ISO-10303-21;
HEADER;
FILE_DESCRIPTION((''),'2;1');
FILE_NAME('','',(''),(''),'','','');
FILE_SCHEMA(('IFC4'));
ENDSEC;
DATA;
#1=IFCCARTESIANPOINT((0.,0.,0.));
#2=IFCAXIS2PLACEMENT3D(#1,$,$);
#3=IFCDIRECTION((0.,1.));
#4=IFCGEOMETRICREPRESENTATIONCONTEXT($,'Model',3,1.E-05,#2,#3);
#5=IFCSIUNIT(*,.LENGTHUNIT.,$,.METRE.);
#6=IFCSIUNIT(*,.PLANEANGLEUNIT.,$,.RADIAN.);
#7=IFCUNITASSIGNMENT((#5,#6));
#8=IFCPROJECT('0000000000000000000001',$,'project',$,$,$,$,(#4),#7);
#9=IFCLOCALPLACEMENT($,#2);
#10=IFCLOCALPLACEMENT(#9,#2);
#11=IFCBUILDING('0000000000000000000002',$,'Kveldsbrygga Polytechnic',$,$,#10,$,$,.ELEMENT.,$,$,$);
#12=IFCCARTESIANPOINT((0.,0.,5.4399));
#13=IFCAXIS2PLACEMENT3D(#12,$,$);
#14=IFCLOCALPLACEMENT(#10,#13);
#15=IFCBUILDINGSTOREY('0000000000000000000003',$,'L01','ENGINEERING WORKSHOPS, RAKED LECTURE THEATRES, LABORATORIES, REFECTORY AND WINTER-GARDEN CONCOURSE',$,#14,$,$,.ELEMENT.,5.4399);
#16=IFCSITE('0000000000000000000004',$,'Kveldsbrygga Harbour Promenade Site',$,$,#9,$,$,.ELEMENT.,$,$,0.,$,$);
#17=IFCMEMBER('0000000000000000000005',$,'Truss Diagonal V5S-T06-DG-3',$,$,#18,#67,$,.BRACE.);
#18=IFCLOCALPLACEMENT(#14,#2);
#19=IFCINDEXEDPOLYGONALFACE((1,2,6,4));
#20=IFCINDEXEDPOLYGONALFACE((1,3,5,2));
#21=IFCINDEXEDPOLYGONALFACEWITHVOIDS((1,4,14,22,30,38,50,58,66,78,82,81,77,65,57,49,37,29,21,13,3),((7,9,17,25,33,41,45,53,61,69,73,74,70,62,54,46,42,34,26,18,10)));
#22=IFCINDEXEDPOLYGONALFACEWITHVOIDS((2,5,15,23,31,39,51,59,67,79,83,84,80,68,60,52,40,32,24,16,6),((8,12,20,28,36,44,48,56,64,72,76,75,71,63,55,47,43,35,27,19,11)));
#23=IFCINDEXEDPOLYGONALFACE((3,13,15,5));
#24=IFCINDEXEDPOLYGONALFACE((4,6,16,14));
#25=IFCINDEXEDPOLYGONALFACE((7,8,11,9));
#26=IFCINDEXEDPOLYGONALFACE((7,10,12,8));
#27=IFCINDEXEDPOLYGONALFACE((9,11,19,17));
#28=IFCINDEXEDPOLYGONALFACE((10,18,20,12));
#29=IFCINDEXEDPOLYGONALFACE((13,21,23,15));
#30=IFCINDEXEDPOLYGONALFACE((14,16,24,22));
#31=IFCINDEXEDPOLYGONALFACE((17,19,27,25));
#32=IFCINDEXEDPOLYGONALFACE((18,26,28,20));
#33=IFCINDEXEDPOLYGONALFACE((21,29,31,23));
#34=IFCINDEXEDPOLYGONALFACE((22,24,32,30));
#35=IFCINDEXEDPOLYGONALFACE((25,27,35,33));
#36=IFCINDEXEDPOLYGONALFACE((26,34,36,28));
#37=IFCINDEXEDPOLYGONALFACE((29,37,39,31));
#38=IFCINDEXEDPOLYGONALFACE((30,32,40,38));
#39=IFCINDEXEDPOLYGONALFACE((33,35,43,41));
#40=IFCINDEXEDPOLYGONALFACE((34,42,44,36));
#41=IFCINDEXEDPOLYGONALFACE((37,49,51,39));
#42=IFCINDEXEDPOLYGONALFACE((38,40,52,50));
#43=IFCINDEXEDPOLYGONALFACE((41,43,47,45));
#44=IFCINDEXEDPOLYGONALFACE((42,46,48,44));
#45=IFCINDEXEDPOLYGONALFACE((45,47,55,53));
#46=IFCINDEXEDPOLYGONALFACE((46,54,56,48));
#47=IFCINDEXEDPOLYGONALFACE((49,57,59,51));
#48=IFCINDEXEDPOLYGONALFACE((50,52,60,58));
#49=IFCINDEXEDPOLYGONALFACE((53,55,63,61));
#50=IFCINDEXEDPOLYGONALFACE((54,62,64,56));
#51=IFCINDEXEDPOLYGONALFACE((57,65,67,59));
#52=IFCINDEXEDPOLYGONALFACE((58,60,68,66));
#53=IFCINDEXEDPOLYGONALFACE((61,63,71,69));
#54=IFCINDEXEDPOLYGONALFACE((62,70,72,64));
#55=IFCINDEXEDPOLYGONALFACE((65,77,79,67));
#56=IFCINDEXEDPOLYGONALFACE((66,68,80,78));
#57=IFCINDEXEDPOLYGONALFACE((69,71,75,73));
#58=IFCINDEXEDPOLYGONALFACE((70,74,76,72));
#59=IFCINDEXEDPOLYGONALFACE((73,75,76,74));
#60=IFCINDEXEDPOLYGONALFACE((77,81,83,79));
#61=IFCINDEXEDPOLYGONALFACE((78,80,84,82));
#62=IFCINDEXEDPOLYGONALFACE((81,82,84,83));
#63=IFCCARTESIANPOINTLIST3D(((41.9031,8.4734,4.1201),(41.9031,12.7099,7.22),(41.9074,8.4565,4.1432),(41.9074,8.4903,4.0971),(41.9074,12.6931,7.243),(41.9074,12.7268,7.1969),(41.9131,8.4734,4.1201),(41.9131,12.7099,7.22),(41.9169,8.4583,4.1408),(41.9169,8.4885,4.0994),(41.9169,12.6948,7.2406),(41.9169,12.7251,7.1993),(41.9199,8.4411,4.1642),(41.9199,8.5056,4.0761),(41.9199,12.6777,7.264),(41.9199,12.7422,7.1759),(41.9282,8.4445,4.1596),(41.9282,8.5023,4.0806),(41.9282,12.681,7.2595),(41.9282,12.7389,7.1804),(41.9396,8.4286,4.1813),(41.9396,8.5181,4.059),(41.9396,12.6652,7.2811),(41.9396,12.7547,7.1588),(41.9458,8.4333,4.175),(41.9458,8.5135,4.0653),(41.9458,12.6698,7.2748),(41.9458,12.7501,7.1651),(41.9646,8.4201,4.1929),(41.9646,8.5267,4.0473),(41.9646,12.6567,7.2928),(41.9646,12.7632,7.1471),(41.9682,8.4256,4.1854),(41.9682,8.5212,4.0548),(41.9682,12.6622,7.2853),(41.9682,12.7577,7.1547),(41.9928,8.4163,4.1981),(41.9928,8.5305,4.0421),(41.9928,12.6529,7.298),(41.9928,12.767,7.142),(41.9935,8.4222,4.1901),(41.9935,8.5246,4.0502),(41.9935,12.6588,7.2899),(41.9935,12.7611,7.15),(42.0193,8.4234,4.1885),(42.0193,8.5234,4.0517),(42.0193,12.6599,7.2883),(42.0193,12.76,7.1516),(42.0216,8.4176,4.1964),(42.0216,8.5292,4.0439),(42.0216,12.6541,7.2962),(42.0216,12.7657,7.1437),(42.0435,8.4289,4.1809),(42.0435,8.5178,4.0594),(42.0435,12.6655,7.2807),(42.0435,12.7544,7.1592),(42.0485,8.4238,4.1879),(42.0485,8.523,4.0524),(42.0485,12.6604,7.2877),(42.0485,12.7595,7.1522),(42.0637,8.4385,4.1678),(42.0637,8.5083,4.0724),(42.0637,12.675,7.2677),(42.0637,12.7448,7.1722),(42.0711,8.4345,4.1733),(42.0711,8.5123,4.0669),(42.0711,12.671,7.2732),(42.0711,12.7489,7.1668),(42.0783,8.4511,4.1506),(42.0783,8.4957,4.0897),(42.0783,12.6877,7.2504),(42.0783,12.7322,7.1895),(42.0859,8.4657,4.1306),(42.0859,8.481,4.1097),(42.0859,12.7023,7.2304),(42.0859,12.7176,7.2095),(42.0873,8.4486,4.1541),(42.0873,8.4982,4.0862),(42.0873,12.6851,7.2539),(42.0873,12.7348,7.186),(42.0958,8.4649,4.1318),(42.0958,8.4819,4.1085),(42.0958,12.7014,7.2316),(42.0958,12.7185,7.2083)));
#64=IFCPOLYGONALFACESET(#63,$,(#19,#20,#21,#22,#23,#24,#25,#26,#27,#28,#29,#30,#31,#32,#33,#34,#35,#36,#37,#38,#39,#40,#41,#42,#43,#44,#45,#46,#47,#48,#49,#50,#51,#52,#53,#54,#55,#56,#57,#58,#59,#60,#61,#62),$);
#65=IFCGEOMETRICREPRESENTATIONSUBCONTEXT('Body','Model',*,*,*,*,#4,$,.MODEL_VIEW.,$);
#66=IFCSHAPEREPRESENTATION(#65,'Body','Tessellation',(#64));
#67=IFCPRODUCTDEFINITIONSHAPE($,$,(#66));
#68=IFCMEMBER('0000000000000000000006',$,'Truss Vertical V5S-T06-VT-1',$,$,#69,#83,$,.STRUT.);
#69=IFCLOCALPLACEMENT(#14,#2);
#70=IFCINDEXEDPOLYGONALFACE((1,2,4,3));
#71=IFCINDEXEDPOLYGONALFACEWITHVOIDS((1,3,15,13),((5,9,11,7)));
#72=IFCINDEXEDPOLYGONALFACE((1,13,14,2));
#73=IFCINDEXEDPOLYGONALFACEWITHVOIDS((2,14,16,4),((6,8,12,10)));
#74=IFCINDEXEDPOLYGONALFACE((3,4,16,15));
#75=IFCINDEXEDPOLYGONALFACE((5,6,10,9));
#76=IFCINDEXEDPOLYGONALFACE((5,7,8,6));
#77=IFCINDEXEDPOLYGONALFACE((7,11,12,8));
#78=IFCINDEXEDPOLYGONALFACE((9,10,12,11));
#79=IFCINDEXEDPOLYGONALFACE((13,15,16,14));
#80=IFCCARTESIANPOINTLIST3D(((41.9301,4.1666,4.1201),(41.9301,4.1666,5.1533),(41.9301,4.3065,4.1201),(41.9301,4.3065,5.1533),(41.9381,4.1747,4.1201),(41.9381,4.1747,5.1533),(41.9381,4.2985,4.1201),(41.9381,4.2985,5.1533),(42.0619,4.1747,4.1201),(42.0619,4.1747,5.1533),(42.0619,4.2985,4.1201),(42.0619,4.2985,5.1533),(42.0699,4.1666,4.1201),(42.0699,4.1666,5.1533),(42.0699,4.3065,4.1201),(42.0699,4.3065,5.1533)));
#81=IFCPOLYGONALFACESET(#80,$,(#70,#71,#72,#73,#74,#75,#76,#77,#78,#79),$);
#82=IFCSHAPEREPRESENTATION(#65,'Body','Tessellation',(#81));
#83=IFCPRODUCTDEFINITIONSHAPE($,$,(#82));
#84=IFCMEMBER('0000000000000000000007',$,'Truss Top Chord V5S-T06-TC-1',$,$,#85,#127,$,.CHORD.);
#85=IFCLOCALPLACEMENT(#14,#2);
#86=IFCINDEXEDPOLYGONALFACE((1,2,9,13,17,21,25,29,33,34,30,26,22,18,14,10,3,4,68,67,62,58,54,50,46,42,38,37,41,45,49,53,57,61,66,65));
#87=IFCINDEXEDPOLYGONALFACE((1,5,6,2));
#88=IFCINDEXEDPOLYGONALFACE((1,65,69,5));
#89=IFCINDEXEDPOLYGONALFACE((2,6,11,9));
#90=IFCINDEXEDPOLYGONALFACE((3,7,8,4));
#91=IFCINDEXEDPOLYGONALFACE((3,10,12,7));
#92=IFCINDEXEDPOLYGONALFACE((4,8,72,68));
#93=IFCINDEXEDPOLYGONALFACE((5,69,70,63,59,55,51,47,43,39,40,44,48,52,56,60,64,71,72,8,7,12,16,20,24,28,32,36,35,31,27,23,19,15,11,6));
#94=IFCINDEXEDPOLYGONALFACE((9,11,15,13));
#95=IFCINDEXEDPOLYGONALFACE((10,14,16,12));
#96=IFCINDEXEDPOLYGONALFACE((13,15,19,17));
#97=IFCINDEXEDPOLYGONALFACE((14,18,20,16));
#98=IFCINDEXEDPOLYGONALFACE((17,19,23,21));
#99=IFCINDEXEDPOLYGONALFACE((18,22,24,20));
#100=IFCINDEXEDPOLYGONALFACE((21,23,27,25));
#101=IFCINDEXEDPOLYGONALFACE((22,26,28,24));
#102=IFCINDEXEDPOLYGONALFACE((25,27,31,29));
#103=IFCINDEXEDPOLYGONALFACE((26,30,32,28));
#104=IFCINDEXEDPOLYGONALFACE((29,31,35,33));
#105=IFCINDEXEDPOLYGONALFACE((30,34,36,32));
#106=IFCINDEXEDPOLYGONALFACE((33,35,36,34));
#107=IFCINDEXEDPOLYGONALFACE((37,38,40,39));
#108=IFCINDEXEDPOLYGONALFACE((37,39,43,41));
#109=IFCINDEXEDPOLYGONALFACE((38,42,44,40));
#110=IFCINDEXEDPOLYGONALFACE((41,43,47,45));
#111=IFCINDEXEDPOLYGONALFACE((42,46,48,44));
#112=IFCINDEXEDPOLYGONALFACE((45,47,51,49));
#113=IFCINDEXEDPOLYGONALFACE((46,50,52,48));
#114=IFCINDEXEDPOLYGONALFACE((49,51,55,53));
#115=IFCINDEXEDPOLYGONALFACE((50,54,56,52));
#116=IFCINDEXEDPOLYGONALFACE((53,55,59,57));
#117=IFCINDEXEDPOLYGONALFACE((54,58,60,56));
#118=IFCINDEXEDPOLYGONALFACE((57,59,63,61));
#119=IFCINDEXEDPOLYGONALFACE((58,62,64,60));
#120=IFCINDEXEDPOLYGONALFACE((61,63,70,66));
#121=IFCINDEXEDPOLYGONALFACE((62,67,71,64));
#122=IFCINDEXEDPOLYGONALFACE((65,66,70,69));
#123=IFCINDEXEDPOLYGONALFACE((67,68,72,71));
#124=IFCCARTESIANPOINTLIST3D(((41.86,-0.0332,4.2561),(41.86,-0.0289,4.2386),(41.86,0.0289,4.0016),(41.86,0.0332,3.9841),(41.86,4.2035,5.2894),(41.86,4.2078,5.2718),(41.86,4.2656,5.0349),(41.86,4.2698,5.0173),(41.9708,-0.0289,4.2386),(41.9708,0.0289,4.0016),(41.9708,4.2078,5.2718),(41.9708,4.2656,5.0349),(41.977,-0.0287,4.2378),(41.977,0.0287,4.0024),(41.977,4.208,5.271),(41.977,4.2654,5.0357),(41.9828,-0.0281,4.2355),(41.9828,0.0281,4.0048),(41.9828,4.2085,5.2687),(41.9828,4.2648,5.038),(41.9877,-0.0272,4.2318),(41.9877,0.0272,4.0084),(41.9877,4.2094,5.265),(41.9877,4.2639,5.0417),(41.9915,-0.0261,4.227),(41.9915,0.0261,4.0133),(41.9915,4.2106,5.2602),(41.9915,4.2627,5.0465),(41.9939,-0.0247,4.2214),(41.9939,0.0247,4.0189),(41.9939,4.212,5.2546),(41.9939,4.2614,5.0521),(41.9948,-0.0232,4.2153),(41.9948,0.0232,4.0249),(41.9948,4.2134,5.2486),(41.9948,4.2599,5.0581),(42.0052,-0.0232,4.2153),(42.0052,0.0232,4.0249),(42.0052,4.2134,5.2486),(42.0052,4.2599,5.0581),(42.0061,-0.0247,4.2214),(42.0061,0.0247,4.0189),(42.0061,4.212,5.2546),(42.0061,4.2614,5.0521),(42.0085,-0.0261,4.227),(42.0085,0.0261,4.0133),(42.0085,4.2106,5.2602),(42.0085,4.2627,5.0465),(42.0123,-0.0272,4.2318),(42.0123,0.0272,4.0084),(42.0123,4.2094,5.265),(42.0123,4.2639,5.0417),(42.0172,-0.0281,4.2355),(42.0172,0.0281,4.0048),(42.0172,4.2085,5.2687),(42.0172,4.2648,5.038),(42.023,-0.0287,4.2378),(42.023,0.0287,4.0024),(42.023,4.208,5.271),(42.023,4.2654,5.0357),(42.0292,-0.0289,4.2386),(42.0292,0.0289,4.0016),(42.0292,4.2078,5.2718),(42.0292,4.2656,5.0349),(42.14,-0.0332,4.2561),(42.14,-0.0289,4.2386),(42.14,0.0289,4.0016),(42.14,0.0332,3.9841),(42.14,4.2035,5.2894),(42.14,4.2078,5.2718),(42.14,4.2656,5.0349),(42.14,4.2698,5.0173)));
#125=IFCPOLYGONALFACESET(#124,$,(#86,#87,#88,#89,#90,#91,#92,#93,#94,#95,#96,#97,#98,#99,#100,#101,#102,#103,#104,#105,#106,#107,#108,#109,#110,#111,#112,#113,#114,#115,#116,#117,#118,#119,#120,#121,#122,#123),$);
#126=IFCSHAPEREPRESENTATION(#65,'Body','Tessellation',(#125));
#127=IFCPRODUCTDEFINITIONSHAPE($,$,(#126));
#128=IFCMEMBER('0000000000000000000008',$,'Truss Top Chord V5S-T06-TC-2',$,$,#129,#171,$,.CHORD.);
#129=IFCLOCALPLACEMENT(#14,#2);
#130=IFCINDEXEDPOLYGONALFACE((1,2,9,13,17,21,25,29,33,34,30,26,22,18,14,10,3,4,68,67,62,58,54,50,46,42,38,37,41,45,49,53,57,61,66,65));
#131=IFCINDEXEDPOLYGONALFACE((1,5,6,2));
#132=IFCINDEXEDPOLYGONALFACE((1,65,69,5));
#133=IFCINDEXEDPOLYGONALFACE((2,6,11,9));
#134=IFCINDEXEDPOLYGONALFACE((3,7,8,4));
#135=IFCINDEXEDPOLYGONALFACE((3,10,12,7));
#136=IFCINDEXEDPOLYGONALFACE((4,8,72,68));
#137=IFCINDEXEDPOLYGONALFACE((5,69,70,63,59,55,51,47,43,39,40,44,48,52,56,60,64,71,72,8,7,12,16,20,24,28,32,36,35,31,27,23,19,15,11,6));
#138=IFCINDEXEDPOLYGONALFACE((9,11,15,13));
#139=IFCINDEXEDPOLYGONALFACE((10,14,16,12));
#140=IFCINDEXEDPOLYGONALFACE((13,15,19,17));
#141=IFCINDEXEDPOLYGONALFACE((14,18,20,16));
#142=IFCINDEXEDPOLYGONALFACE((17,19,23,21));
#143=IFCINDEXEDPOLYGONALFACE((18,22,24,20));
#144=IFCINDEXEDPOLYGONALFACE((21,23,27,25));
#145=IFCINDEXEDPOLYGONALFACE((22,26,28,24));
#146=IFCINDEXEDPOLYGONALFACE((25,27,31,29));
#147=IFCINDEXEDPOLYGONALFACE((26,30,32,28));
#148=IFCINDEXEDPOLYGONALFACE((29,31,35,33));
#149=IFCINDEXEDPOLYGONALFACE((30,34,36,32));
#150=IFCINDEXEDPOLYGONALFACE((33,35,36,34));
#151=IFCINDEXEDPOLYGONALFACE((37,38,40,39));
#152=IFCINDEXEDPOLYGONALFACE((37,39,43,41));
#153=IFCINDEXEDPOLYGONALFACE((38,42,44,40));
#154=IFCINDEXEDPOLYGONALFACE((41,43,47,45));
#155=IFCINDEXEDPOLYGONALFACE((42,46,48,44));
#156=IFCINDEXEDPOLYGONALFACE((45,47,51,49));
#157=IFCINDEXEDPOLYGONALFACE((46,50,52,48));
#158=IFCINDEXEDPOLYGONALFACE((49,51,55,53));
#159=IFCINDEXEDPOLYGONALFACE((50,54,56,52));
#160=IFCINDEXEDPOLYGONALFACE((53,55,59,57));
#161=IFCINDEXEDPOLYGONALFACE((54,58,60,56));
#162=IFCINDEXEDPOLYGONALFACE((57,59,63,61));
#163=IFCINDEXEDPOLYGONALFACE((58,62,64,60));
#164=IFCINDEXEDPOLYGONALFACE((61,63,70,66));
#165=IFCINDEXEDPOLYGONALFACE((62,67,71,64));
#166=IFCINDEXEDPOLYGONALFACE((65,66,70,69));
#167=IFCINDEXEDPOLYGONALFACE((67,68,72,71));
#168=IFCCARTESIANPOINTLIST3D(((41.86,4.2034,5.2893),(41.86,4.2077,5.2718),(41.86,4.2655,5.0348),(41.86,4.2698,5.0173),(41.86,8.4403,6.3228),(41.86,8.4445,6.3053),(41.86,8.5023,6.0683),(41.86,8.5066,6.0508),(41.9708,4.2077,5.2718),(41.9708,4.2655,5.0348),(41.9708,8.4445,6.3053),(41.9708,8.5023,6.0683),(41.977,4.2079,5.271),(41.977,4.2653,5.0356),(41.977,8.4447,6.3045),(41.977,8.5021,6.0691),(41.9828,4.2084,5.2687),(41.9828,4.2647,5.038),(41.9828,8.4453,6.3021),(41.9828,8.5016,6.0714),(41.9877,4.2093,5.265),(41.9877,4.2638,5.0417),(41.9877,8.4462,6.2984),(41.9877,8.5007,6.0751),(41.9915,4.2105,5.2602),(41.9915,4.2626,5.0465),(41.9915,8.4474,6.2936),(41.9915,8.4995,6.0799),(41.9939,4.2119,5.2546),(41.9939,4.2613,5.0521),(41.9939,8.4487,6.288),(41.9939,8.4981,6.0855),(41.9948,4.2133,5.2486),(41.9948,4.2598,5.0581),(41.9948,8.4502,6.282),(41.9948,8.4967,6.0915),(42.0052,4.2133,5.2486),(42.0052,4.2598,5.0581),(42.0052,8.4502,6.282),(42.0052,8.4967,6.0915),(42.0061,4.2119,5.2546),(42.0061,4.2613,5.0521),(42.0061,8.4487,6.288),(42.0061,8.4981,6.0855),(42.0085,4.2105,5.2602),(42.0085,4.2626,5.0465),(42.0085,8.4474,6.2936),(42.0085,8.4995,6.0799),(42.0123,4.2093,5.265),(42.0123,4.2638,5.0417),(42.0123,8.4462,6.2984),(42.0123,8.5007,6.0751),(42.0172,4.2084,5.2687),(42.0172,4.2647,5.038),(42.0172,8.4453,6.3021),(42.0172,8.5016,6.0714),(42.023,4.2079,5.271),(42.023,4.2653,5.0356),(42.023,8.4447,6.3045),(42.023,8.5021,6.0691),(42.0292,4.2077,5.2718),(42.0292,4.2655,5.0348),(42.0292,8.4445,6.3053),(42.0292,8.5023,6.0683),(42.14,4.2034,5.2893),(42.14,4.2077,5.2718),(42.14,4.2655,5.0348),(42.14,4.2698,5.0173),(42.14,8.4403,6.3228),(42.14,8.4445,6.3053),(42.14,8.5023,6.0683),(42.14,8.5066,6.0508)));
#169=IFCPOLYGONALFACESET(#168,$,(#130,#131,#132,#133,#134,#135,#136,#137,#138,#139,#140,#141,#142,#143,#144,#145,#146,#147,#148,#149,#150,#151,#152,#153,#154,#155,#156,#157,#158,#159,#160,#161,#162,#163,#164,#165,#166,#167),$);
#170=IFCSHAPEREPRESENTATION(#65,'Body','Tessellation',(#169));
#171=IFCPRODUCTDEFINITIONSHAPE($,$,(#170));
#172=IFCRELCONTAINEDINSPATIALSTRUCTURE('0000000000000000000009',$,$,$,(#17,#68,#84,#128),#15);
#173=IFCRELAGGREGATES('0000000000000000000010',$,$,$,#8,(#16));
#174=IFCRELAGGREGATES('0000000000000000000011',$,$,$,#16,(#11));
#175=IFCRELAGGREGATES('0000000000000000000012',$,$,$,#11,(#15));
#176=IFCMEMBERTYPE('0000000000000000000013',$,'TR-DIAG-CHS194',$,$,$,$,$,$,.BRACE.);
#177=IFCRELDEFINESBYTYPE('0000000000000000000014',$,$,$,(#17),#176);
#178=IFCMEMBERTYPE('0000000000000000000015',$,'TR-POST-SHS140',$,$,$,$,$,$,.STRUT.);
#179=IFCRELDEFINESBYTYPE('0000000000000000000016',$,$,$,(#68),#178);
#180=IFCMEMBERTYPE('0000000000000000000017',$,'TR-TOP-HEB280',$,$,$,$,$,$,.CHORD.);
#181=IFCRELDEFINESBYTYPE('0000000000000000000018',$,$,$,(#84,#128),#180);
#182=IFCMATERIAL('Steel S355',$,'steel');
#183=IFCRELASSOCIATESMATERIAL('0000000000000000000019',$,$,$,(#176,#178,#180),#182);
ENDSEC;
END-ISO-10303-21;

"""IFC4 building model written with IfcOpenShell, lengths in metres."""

from ifc_helpers import new_model, si_unit, direction, frame, origin, origin_2d, place, context, subcontext, project, spatial, hollow_rectangle, hollow_circle, i_section, extrude, material, material_profile, profile_set, type_object, element, save


model = new_model("IFC4")

# Units and contexts
model_context = context("Model", 3, precision=1e-05, world=origin(), true_north=direction((0.0, 1.0)))
body_context = subcontext(model_context, "Body", "Model", "MODEL_VIEW")
ifc_project = project(units=[si_unit("LENGTHUNIT", "METRE"), si_unit("PLANEANGLEUNIT", "RADIAN")], contexts=[model_context])

# Site, building, storey
site_placement = place(None, origin())
site = spatial("IfcSite", under=ifc_project, at=site_placement, Name="Kveldsbrygga Harbour Promenade Site", CompositionType="ELEMENT", RefElevation=0.0)
building_placement = place(site_placement, origin())
building = spatial("IfcBuilding", under=site, at=building_placement, Name="Kveldsbrygga Polytechnic", CompositionType="ELEMENT")
storey_placement = place(building_placement, frame((0.0, 0.0, 5.4399)))
storey = spatial("IfcBuildingStorey", under=building, at=storey_placement, Name="L01", Description="ENGINEERING WORKSHOPS, RAKED LECTURE THEATRES, LABORATORIES, REFECTORY AND WINTER-GARDEN CONCOURSE", CompositionType="ELEMENT", Elevation=5.4399)

# Members
ifc_material_1 = material(Name="Steel S355", Category="steel")
ifc_material_profile_1 = material_profile(ifc_material_1, hollow_circle(Radius=0.0969, WallThickness=0.01, at=origin_2d()), Name="CHS 193.7x10.0")
ifc_profile_set_1 = profile_set([ifc_material_profile_1], Name="Steel S355")
member_type_1 = type_object("IfcMemberType", Name="TR-DIAG-CHS194", PredefinedType="BRACE", material=ifc_profile_set_1)
member_1_placement = place(storey_placement, frame((42.0, 8.4734, 4.1201), z_axis=(0.0, 0.807037, 0.5905), x_axis=(-1.0, 0.0, 0.0)))
element("IfcMember", 1, at=member_1_placement, inside=storey, type_object=member_type_1, Name="Truss Diagonal V5S-T06-DG-3", PredefinedType="BRACE", context=body_context, shape_type="SweptSolid", body=[
    extrude(hollow_circle(Radius=0.0969, WallThickness=0.01, at=origin_2d()), origin(), (0.0, 0.0, 1.0), 5.2495),
])
ifc_material_profile_2 = material_profile(ifc_material_1, hollow_rectangle(XDim=0.1399, YDim=0.1399, WallThickness=0.0081, at=origin_2d()), Name="SHS 140x140x8.0")
ifc_profile_set_2 = profile_set([ifc_material_profile_2], Name="Steel S355")
member_type_2 = type_object("IfcMemberType", Name="TR-POST-SHS140", PredefinedType="STRUT", material=ifc_profile_set_2)
member_2_placement = place(storey_placement, frame((42.0, 4.2366, 4.1201), z_axis=(0.0, 0.0, 1.0), x_axis=(1.0, 0.0, 0.0)))
element("IfcMember", 2, at=member_2_placement, inside=storey, type_object=member_type_2, Name="Truss Vertical V5S-T06-VT-1", PredefinedType="STRUT", context=body_context, shape_type="SweptSolid", body=[
    extrude(hollow_rectangle(XDim=0.1399, YDim=0.1399, WallThickness=0.0081, at=origin_2d()), origin(), (0.0, 0.0, 1.0), 1.0332),
])
ifc_material_profile_3 = material_profile(ifc_material_1, i_section(OverallWidth=0.28, OverallDepth=0.28, WebThickness=0.0105, FlangeThickness=0.0181, FilletRadius=0.0239, at=origin_2d()), Name="HEB 280")
ifc_profile_set_3 = profile_set([ifc_material_profile_3], Name="Steel S355")
member_type_3 = type_object("IfcMemberType", Name="TR-TOP-HEB280", PredefinedType="CHORD", material=ifc_profile_set_3)
member_3_placement = place(storey_placement, frame((42.0, 0.0, 4.1201), z_axis=(0.0, 0.971526, 0.236933), x_axis=(-1.0, 0.0, 0.0)))
element("IfcMember", 3, at=member_3_placement, inside=storey, type_object=member_type_3, Name="Truss Top Chord V5S-T06-TC-1", PredefinedType="CHORD", context=body_context, shape_type="SweptSolid", body=[
    extrude(i_section(OverallWidth=0.28, OverallDepth=0.28, WebThickness=0.0105, FlangeThickness=0.0181, FilletRadius=0.0239, at=origin_2d()), origin(), (0.0, 0.0, 1.0), 4.3608),
])
member_4_placement = place(storey_placement, frame((42.0, 4.2366, 5.1533), z_axis=(0.0, 0.971516, 0.236973), x_axis=(-1.0, 0.0, 0.0)))
element("IfcMember", 4, at=member_4_placement, inside=storey, type_object=member_type_3, Name="Truss Top Chord V5S-T06-TC-2", PredefinedType="CHORD", context=body_context, shape_type="SweptSolid", body=[
    extrude(i_section(OverallWidth=0.28, OverallDepth=0.28, WebThickness=0.0105, FlangeThickness=0.0181, FilletRadius=0.0239, at=origin_2d()), origin(), (0.0, 0.0, 1.0), 4.3611),
])

save(model, "model.ifc")
